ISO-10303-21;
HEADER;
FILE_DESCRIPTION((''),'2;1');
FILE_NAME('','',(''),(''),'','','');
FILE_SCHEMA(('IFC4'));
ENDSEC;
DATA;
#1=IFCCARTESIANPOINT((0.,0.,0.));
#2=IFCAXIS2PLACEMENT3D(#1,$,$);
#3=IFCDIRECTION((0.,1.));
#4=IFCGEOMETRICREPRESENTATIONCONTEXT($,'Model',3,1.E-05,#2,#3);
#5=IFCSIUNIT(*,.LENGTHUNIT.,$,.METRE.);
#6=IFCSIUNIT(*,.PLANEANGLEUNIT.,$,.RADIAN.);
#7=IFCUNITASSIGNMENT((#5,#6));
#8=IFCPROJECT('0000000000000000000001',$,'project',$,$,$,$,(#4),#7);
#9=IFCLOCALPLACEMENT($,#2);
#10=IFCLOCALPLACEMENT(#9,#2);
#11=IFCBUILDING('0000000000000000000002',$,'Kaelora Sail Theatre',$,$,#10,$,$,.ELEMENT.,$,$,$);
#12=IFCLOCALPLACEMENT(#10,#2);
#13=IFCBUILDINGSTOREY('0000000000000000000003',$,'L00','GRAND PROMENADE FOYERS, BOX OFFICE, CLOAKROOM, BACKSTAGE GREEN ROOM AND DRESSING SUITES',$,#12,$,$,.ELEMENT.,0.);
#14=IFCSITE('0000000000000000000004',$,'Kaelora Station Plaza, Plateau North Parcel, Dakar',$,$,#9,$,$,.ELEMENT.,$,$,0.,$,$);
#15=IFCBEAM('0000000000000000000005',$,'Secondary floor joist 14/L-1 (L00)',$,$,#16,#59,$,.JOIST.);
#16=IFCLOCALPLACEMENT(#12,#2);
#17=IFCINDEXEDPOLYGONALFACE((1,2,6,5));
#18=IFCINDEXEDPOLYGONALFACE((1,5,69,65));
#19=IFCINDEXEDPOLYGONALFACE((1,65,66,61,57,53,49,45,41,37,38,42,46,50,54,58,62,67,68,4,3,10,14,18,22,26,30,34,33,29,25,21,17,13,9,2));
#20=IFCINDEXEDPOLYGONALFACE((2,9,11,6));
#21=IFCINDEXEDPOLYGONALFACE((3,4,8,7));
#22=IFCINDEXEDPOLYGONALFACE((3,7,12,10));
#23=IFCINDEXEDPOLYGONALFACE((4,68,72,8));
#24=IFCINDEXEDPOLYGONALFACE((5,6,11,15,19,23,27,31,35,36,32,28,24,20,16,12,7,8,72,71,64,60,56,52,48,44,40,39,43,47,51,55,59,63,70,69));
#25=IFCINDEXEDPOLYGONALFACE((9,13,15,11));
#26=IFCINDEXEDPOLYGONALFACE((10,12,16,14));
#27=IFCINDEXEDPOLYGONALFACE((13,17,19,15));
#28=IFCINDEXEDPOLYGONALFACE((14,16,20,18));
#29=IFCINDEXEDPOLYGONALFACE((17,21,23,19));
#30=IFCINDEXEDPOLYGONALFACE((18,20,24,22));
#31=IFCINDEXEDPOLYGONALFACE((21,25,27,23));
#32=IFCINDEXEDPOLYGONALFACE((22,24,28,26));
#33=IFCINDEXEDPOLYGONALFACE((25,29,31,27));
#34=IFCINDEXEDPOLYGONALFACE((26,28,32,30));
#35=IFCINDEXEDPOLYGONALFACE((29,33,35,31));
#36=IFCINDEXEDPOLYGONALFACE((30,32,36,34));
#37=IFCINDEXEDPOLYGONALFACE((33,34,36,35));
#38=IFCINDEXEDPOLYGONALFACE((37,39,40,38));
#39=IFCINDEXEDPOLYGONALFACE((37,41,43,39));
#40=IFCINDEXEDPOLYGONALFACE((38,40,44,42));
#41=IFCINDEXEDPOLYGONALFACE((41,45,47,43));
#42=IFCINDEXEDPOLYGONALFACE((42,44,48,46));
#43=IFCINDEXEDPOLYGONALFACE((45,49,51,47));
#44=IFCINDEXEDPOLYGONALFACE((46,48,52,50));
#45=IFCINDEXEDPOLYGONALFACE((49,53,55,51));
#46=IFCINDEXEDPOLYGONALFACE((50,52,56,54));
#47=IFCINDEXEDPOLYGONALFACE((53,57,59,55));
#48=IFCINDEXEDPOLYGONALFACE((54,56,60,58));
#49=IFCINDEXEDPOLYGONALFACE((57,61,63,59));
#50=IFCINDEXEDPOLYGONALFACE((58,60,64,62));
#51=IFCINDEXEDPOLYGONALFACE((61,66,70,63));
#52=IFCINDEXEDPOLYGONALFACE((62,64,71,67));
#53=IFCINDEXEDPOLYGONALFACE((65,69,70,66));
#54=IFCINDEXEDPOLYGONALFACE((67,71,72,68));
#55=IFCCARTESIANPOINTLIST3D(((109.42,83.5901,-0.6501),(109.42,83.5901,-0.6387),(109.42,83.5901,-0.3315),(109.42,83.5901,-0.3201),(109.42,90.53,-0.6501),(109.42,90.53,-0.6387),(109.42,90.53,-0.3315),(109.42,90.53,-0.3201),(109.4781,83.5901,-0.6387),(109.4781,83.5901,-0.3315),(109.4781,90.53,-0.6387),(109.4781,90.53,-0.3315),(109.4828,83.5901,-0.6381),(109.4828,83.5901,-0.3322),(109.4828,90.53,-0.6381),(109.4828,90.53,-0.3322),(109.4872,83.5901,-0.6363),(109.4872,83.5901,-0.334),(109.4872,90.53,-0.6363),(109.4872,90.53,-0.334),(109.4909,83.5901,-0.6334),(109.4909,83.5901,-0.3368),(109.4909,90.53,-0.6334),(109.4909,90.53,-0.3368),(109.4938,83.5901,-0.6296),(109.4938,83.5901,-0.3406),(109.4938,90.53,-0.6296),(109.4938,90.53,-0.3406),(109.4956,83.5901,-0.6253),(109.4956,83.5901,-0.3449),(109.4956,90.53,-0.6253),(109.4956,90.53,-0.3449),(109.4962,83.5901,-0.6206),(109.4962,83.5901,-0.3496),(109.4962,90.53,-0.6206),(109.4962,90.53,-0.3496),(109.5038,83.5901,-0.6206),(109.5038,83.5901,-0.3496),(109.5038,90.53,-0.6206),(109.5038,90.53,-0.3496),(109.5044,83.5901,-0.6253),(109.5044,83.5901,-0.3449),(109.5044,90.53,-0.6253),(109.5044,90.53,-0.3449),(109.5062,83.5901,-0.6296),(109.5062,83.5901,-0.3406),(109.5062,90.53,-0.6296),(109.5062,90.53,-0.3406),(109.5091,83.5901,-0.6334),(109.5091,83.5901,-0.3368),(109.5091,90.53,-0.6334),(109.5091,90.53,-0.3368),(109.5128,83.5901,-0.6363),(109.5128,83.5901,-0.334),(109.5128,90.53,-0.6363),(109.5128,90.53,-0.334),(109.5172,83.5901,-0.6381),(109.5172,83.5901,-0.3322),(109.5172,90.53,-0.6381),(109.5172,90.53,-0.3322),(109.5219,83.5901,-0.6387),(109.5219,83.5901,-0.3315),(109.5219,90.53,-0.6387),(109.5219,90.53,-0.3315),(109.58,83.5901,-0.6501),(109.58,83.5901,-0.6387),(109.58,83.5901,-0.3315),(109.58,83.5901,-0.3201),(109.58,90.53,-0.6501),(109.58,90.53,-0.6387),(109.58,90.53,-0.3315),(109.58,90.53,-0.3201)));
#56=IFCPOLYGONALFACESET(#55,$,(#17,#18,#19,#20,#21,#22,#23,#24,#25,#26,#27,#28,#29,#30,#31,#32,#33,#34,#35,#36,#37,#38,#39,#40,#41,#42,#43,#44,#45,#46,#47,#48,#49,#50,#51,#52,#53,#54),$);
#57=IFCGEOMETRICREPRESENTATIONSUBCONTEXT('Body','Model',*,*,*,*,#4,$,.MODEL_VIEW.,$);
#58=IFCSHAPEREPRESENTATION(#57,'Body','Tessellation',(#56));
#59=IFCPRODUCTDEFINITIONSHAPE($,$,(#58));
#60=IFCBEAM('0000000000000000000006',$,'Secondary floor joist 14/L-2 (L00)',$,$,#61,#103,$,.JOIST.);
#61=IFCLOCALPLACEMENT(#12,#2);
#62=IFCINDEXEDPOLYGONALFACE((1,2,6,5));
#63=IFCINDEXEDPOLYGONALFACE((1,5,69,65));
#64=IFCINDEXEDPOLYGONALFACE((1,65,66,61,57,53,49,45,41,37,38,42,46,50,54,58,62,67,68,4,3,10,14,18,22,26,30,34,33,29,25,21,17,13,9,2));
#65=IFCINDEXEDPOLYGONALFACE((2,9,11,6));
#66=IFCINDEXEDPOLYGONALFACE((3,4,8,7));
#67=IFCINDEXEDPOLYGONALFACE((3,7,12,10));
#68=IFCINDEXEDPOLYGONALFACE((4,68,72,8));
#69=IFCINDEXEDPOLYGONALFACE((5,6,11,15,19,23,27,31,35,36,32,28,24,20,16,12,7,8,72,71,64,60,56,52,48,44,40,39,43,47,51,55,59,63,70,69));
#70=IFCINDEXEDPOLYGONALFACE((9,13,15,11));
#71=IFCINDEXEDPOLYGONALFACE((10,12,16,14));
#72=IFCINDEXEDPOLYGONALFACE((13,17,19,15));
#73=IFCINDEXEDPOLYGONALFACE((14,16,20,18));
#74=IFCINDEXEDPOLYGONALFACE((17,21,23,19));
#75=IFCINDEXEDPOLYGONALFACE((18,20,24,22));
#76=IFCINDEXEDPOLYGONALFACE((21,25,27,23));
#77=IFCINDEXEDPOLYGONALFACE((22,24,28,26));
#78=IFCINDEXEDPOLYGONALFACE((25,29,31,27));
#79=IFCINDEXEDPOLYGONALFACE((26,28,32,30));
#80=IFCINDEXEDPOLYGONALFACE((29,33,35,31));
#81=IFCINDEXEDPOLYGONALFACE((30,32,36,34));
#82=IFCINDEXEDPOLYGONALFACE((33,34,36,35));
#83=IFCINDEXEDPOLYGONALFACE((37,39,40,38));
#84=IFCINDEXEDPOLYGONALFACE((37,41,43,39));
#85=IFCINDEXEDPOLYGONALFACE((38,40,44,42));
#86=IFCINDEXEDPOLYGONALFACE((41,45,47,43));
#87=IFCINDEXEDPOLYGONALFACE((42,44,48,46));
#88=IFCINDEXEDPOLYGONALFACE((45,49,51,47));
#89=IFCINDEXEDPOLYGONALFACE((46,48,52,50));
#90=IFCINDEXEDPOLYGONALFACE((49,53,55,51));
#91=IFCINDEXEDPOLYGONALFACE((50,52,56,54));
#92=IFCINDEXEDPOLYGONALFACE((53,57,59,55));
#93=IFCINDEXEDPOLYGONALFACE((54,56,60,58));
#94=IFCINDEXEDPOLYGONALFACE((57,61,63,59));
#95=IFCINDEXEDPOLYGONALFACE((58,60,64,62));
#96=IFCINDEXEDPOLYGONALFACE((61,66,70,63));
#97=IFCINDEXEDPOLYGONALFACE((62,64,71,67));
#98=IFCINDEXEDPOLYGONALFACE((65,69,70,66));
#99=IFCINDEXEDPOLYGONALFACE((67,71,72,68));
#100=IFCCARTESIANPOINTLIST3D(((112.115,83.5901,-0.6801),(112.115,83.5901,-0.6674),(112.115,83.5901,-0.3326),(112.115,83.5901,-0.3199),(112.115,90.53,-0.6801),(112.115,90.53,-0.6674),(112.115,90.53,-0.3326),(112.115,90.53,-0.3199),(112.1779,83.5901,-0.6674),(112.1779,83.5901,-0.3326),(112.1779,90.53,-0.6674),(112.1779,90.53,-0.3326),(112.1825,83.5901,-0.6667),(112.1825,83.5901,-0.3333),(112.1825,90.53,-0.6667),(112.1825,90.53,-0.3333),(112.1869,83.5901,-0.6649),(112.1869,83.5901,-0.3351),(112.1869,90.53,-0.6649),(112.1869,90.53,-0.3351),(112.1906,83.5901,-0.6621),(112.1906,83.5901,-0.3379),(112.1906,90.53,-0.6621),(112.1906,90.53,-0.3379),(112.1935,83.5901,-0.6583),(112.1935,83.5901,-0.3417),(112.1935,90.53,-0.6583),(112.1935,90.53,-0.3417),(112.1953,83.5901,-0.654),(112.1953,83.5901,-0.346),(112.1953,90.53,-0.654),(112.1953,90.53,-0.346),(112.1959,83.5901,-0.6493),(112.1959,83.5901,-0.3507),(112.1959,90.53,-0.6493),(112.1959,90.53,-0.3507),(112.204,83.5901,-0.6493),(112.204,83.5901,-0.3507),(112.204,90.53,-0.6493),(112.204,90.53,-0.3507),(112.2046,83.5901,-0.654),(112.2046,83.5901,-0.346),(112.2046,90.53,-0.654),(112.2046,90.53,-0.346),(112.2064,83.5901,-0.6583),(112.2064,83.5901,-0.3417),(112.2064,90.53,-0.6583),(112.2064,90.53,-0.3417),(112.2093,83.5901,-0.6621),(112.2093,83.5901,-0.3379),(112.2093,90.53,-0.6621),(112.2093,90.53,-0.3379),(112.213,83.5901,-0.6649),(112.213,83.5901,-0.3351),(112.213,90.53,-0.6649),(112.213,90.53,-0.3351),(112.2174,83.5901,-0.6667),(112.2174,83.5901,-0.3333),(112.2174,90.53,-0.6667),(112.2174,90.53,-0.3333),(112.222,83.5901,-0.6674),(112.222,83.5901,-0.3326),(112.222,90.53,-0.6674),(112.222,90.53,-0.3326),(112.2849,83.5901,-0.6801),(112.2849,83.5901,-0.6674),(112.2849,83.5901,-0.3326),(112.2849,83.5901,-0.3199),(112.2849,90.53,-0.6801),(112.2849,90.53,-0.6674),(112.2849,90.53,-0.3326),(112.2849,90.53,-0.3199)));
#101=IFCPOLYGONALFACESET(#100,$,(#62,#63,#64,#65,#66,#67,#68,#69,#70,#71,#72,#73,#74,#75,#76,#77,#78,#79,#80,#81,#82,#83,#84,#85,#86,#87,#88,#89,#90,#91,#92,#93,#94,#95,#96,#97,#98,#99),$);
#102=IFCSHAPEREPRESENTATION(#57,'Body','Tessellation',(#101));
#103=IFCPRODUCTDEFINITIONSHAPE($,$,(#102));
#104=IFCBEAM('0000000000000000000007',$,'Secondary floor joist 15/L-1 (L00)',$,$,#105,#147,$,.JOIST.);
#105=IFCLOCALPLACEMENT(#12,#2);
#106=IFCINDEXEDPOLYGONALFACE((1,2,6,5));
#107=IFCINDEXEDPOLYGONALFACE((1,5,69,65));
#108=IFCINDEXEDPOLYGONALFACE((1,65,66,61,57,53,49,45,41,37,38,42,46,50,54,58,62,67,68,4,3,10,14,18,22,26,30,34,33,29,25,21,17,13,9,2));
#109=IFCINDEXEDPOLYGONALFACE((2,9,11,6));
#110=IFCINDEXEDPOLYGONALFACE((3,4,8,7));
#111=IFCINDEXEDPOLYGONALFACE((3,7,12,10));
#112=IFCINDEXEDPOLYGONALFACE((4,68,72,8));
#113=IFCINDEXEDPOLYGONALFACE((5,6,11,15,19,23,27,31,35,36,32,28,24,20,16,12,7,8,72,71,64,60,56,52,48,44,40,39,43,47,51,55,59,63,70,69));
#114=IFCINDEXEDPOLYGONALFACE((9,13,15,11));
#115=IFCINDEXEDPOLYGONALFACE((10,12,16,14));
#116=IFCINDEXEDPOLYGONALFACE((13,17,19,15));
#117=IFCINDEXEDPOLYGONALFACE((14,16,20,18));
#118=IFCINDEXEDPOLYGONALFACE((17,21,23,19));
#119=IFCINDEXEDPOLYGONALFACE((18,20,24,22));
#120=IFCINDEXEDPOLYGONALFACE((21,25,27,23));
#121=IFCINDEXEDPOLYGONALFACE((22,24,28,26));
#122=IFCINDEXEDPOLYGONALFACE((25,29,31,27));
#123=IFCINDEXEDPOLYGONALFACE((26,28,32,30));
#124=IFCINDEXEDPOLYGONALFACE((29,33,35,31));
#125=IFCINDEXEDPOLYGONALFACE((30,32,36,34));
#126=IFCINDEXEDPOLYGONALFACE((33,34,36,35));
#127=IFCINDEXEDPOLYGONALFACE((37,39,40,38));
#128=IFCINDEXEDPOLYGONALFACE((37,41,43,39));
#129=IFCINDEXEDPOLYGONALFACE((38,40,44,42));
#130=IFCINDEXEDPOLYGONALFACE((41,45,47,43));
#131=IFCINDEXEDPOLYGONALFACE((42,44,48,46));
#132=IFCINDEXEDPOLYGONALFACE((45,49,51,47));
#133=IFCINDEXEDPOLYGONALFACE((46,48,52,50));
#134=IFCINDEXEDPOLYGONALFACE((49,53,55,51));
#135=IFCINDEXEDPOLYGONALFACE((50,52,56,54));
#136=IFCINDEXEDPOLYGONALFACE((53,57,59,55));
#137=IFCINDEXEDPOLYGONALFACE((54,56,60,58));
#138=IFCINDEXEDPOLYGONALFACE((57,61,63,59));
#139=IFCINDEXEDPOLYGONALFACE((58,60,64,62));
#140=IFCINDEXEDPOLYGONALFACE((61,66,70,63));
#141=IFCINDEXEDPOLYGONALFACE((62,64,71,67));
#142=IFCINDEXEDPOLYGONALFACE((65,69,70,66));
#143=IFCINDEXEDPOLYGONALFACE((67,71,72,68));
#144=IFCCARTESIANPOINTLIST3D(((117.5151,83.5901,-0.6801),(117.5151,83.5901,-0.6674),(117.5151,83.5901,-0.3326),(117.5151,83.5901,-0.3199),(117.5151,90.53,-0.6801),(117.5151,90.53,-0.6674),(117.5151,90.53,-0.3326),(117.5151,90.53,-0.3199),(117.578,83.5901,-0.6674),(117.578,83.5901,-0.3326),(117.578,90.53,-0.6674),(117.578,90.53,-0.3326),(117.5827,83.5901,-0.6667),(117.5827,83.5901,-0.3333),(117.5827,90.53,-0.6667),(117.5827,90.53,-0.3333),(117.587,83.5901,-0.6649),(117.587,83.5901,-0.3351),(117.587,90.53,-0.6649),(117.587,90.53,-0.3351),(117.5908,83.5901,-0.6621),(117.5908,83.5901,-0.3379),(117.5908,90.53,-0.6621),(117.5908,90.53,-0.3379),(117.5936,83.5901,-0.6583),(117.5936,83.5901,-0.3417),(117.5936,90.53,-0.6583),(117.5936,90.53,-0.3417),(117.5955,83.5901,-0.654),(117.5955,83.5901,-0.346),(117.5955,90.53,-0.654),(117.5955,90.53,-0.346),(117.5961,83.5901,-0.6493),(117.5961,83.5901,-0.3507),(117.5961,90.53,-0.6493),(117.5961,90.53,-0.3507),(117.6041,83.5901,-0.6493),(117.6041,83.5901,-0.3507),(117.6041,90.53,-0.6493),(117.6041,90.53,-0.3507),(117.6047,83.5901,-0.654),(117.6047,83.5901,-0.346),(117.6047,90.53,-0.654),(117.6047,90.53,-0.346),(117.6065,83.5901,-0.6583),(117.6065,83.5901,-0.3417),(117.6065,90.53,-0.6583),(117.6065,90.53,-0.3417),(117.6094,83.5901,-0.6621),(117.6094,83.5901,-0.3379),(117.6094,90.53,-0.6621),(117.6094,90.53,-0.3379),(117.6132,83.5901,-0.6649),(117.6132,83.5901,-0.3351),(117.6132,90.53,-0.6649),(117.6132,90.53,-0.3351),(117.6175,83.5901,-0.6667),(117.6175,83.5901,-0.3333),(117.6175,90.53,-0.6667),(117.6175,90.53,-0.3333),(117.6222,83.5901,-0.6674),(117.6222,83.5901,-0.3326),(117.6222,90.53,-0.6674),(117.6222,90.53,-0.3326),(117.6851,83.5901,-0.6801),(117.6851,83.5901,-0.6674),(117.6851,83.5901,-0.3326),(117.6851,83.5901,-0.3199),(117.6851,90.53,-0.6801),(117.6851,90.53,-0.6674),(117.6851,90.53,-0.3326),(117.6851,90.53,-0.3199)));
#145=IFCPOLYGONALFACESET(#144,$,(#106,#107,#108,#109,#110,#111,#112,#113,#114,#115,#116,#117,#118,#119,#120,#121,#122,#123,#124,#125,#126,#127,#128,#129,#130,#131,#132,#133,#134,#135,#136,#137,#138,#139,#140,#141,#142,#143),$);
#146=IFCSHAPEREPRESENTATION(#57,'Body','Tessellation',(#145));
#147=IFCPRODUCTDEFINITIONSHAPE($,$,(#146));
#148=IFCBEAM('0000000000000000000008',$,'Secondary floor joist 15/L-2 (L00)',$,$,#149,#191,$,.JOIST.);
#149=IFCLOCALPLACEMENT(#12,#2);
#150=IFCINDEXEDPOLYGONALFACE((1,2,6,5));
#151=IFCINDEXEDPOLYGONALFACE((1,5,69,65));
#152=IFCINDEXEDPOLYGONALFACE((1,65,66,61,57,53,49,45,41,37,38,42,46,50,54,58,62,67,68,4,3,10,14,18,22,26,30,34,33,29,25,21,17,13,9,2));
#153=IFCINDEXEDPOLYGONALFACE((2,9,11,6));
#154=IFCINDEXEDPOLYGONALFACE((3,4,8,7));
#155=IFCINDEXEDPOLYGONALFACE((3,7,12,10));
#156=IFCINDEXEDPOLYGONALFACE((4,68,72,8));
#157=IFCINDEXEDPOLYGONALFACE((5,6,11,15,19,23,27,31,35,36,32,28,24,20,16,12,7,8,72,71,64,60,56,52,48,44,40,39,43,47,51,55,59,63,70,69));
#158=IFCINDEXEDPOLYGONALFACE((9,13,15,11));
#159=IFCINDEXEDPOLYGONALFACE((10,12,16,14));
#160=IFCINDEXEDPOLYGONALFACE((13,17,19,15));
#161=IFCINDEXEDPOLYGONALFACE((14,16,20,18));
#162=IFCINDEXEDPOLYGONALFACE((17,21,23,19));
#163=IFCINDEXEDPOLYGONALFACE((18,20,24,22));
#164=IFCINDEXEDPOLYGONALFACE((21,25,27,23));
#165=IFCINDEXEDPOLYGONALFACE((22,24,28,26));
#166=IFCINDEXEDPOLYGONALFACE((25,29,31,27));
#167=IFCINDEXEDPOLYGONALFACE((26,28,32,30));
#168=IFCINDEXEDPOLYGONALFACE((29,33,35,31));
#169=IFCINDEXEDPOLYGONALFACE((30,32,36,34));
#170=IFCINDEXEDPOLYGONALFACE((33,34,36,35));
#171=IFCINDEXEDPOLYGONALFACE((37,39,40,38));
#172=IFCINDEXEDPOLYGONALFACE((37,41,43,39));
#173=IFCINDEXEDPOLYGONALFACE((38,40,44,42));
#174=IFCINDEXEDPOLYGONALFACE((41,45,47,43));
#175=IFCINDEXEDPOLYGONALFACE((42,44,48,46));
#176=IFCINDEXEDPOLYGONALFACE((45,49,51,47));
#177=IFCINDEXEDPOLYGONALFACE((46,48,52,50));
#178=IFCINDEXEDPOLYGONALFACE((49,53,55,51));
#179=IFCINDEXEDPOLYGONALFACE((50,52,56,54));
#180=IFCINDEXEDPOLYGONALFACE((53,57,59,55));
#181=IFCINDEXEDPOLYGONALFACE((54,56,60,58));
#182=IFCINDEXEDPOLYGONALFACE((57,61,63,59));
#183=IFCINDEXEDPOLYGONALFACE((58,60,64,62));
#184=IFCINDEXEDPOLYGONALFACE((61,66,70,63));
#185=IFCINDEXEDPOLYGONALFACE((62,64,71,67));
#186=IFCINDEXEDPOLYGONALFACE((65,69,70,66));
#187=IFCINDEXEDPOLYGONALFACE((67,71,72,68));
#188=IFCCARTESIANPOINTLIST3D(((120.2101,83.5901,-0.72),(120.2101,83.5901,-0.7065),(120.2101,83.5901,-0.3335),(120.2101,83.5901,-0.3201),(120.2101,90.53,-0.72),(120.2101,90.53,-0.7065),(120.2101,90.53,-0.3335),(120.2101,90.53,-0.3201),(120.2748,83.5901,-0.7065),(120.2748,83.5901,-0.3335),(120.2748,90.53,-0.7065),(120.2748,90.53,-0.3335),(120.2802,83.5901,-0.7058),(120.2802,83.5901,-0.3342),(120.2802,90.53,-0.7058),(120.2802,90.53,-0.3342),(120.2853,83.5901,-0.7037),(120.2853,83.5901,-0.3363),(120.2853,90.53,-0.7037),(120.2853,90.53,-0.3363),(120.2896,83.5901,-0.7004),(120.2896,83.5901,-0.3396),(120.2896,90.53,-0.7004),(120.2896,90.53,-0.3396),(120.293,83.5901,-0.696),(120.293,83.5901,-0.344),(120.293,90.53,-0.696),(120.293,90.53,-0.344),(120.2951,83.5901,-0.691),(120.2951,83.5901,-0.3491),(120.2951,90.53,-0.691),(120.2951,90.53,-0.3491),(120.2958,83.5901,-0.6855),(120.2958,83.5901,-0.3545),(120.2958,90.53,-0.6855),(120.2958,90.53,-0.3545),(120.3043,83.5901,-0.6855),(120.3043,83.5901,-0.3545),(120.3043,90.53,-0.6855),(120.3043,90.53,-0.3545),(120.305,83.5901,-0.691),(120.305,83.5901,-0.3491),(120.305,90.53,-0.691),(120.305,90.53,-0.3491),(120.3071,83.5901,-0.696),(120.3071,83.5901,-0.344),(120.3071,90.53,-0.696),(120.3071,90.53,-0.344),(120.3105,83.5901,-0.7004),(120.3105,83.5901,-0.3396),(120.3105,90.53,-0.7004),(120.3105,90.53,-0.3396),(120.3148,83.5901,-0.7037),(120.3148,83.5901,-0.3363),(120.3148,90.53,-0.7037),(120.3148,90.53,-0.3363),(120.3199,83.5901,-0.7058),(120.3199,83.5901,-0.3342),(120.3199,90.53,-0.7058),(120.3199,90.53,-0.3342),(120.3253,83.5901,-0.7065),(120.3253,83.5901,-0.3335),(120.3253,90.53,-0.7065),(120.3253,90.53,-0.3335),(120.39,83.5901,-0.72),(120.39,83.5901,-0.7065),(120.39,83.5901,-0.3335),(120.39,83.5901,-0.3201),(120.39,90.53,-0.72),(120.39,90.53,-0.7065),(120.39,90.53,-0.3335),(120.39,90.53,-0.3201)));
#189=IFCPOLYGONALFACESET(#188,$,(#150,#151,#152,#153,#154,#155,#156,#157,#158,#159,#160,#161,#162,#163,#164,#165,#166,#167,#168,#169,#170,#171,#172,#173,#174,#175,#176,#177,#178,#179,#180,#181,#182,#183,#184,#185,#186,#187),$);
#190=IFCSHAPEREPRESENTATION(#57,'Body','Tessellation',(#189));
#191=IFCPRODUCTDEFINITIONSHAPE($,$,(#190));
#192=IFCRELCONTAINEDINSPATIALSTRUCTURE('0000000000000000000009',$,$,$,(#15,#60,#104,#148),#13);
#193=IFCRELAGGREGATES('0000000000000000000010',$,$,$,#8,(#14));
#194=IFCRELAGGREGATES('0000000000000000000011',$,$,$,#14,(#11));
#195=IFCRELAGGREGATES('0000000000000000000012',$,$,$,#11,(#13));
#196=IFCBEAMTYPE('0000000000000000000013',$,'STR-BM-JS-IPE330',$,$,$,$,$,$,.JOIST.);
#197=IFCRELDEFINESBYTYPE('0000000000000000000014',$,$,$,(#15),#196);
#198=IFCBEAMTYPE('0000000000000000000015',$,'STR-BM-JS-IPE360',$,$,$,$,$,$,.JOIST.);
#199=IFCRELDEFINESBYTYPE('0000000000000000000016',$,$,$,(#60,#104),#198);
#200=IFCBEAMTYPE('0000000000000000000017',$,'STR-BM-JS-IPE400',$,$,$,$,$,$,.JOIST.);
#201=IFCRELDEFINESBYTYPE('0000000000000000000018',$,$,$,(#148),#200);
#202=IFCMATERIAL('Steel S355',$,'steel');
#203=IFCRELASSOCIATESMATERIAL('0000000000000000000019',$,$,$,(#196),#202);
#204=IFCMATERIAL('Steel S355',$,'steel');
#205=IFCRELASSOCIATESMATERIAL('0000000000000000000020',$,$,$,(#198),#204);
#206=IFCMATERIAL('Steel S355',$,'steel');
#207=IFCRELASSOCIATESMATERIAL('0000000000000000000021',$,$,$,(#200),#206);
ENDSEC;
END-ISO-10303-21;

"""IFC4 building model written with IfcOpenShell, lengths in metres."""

from ifc_helpers import new_model, si_unit, direction, frame, origin, origin_2d, place, context, subcontext, project, spatial, i_section, extrude, material, material_profile, profile_set, type_object, element, save


model = new_model("IFC4")

# Units and contexts
model_context = context("Model", 3, precision=1e-05, world=origin(), true_north=direction((0.0, 1.0)))
body_context = subcontext(model_context, "Body", "Model", "MODEL_VIEW")
ifc_project = project(units=[si_unit("LENGTHUNIT", "METRE"), si_unit("PLANEANGLEUNIT", "RADIAN")], contexts=[model_context])

# Site, building, storey
site_placement = place(None, origin())
site = spatial("IfcSite", under=ifc_project, at=site_placement, Name="Kaelora Station Plaza, Plateau North Parcel, Dakar", CompositionType="ELEMENT", RefElevation=0.0)
building_placement = place(site_placement, origin())
building = spatial("IfcBuilding", under=site, at=building_placement, Name="Kaelora Sail Theatre", CompositionType="ELEMENT")
storey_placement = place(building_placement, origin())
storey = spatial("IfcBuildingStorey", under=building, at=storey_placement, Name="L00", Description="GRAND PROMENADE FOYERS, BOX OFFICE, CLOAKROOM, BACKSTAGE GREEN ROOM AND DRESSING SUITES", CompositionType="ELEMENT", Elevation=0.0)

# Beams
ifc_material_1 = material(Name="Steel S355", Category="steel")
ifc_material_profile_1 = material_profile(ifc_material_1, i_section(OverallWidth=0.1599, OverallDepth=0.3301, WebThickness=0.0076, FlangeThickness=0.0115, FilletRadius=0.0181, at=origin_2d()), Name="IPE 330")
ifc_profile_set_1 = profile_set([ifc_material_profile_1], Name="Steel S355")
beam_type_1 = type_object("IfcBeamType", Name="STR-BM-JS-IPE330", PredefinedType="JOIST", material=ifc_profile_set_1)
beam_1_placement = place(storey_placement, frame((109.5, 83.5901, -0.4851), z_axis=(0.0, 1.0, 0.0), x_axis=(-1.0, 0.0, 0.0)))
element("IfcBeam", 1, at=beam_1_placement, inside=storey, type_object=beam_type_1, Name="Secondary floor joist 14/L-1 (L00)", PredefinedType="JOIST", context=body_context, shape_type="SweptSolid", body=[
    extrude(i_section(OverallWidth=0.1599, OverallDepth=0.3301, WebThickness=0.0076, FlangeThickness=0.0115, FilletRadius=0.0181, at=origin_2d()), origin(), (0.0, 0.0, 1.0), 6.9399),
])
ifc_material_2 = material(Name="Steel S355", Category="steel")
ifc_material_profile_2 = material_profile(ifc_material_2, i_section(OverallWidth=0.1699, OverallDepth=0.3601, WebThickness=0.0081, FlangeThickness=0.0127, FilletRadius=0.0181, at=origin_2d()), Name="IPE 360")
ifc_profile_set_2 = profile_set([ifc_material_profile_2], Name="Steel S355")
beam_type_2 = type_object("IfcBeamType", Name="STR-BM-JS-IPE360", PredefinedType="JOIST", material=ifc_profile_set_2)
for number, where, z_axis, x_axis, name in (
    (2, (112.2, 83.5901, -0.5), (0.0, 1.0, 0.0), (-1.0, 0.0, 0.0), "Secondary floor joist 14/L-2 (L00)"),
    (3, (117.6001, 83.5901, -0.5), (0.0, 1.0, 0.0), (-1.0, 0.0, 0.0), "Secondary floor joist 15/L-1 (L00)"),
):
    element("IfcBeam", number, at=place(storey_placement, frame(where, z_axis=z_axis, x_axis=x_axis)), inside=storey, type_object=beam_type_2, Name=name, PredefinedType="JOIST", context=body_context, shape_type="SweptSolid", body=[
        extrude(i_section(OverallWidth=0.1699, OverallDepth=0.3601, WebThickness=0.0081, FlangeThickness=0.0127, FilletRadius=0.0181, at=origin_2d()), origin(), (0.0, 0.0, 1.0), 6.9399),
    ])
ifc_material_3 = material(Name="Steel S355", Category="steel")
ifc_material_profile_3 = material_profile(ifc_material_3, i_section(OverallWidth=0.1799, OverallDepth=0.3999, WebThickness=0.0085, FlangeThickness=0.0134, FilletRadius=0.021, at=origin_2d()), Name="IPE 400")
ifc_profile_set_3 = profile_set([ifc_material_profile_3], Name="Steel S355")
beam_type_3 = type_object("IfcBeamType", Name="STR-BM-JS-IPE400", PredefinedType="JOIST", material=ifc_profile_set_3)
for number, where, z_axis, x_axis, name in (
    (4, (120.3, 83.5901, -0.52), (0.0, 1.0, 0.0), (-1.0, 0.0, 0.0), "Secondary floor joist 15/L-2 (L00)"),
):
    element("IfcBeam", number, at=place(storey_placement, frame(where, z_axis=z_axis, x_axis=x_axis)), inside=storey, type_object=beam_type_3, Name=name, PredefinedType="JOIST", context=body_context, shape_type="SweptSolid", body=[
        extrude(i_section(OverallWidth=0.1799, OverallDepth=0.3999, WebThickness=0.0085, FlangeThickness=0.0134, FilletRadius=0.021, at=origin_2d()), origin(), (0.0, 0.0, 1.0), 6.9399),
    ])

save(model, "model.ifc")
